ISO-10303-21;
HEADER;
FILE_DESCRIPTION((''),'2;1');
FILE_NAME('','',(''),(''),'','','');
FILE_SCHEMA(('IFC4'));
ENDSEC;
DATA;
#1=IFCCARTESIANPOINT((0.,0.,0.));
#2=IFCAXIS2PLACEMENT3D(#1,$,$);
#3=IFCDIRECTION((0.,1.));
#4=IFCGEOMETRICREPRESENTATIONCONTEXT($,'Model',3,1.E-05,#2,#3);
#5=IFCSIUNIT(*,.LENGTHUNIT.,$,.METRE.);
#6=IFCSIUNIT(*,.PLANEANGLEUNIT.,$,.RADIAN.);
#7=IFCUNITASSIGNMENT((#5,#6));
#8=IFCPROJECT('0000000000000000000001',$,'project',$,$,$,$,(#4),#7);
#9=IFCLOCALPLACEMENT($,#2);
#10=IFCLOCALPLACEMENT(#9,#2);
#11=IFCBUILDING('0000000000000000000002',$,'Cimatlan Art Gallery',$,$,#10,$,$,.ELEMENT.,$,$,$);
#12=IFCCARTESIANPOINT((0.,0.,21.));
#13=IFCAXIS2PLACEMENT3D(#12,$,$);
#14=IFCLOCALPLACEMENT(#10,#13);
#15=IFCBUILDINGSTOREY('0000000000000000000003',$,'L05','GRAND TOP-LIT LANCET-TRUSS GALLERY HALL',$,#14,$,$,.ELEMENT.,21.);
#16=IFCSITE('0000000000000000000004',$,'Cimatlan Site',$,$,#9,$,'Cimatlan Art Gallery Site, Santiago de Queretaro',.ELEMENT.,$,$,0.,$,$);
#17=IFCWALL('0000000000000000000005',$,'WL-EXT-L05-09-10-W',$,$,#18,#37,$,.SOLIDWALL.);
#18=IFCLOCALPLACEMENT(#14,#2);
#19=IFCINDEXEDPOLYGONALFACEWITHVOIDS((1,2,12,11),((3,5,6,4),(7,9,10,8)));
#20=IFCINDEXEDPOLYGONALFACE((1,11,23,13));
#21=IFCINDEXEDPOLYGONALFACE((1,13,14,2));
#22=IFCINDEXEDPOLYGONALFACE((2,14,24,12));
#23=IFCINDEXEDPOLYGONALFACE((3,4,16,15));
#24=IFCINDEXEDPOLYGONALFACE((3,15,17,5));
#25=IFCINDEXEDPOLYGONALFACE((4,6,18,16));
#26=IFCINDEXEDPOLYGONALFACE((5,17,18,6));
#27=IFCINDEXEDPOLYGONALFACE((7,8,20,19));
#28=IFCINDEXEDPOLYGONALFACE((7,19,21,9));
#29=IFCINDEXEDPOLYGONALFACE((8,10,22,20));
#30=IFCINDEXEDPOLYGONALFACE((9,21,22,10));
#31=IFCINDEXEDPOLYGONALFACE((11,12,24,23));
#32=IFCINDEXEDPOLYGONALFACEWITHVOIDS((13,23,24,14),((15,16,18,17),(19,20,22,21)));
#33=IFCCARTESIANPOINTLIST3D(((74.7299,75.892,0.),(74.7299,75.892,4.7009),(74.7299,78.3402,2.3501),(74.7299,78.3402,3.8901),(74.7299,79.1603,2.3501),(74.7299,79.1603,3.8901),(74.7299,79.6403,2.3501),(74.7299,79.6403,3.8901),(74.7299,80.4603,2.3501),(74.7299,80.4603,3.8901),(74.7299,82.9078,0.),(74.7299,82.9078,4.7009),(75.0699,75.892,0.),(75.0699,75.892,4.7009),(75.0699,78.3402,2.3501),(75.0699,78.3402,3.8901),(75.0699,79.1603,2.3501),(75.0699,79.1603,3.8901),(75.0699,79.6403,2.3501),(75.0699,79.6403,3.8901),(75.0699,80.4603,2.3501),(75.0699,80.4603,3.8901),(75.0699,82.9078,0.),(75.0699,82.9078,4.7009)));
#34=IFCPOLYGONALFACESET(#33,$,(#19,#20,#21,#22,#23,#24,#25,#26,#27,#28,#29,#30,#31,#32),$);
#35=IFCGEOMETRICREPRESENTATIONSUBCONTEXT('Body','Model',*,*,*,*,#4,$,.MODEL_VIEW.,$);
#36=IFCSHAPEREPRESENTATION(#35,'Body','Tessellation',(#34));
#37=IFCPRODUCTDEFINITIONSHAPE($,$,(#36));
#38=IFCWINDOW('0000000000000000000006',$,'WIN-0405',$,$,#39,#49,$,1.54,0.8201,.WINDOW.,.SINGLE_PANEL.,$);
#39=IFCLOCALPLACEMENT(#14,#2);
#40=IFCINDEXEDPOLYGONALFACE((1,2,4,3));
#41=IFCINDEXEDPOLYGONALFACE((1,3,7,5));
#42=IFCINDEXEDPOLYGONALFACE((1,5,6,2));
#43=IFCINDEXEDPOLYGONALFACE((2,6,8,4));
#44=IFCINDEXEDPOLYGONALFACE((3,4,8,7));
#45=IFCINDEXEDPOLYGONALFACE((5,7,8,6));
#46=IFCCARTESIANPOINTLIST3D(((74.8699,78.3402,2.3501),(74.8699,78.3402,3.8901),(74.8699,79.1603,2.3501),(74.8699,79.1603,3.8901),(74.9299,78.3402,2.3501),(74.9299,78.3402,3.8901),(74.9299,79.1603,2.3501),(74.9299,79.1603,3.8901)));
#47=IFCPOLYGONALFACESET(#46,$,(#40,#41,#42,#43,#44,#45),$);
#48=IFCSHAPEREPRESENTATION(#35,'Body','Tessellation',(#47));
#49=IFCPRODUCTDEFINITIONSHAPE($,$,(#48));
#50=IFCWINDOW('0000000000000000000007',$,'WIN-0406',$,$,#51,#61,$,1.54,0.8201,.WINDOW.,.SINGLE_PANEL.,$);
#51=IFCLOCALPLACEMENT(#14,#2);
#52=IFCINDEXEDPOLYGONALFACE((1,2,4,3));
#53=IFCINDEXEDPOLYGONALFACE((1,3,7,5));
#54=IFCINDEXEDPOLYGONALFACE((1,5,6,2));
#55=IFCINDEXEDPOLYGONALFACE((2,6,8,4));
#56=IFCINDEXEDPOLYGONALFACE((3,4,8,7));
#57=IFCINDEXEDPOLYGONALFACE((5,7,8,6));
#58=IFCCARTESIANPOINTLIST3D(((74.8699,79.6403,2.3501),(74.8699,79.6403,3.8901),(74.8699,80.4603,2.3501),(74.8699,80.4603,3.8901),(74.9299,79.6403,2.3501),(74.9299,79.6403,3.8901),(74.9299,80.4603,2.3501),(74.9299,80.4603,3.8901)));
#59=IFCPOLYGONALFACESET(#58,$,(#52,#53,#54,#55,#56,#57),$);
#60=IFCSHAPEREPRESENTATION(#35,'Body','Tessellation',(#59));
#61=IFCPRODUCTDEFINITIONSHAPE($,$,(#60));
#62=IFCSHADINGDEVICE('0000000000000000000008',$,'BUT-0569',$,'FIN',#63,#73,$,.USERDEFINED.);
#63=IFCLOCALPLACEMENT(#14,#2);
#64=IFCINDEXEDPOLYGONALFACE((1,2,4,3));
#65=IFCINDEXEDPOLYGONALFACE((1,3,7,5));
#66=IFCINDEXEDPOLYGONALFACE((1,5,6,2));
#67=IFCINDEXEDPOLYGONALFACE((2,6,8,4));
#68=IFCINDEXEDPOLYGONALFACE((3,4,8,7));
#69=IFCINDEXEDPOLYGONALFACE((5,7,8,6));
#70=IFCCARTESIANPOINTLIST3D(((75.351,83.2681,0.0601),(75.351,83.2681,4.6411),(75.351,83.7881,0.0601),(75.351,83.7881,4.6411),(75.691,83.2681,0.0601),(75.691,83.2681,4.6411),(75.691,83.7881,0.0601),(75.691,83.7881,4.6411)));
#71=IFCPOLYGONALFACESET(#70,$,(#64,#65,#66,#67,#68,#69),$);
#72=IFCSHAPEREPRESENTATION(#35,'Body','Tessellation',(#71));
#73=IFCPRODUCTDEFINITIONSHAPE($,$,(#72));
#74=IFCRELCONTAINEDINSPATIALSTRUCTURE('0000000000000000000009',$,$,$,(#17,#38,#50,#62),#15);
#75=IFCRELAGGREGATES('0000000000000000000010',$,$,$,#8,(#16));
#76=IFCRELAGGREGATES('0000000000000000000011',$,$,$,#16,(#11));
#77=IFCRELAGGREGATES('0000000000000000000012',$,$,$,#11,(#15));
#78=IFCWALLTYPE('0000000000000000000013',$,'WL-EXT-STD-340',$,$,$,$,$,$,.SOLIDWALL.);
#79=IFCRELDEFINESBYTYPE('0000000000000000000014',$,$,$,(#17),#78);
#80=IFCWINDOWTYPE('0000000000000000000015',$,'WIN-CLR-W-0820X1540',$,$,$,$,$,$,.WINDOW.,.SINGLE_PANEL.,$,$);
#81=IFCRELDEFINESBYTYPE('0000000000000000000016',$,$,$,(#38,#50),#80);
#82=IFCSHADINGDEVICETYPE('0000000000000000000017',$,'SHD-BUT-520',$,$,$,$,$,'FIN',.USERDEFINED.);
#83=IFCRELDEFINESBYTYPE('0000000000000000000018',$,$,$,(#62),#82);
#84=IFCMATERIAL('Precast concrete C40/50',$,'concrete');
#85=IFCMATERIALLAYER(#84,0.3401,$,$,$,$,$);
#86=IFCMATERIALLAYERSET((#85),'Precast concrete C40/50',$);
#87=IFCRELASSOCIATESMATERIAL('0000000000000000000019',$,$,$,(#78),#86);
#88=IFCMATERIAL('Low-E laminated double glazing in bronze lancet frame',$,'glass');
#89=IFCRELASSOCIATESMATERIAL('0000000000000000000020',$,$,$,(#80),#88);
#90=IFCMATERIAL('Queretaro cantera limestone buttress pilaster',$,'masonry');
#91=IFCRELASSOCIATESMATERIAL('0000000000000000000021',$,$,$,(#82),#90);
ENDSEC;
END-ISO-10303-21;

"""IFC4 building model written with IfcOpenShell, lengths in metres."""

from ifc_helpers import new_model, si_unit, direction, frame, frame_2d, origin, origin_2d, place, context, subcontext, project, spatial, rectangle, extrude, material, layer, layer_set, type_object, element, fill, save


model = new_model("IFC4")

# Units and contexts
model_context = context("Model", 3, precision=1e-05, world=origin(), true_north=direction((0.0, 1.0)))
body_context = subcontext(model_context, "Body", "Model", "MODEL_VIEW")
ifc_project = project(units=[si_unit("LENGTHUNIT", "METRE"), si_unit("PLANEANGLEUNIT", "RADIAN")], contexts=[model_context])

# Site, building, storey
site_placement = place(None, origin())
site = spatial("IfcSite", under=ifc_project, at=site_placement, Name="Cimatlan Site", LongName="Cimatlan Art Gallery Site, Santiago de Queretaro", CompositionType="ELEMENT", RefElevation=0.0)
building_placement = place(site_placement, origin())
building = spatial("IfcBuilding", under=site, at=building_placement, Name="Cimatlan Art Gallery", CompositionType="ELEMENT")
storey_placement = place(building_placement, frame((0.0, 0.0, 21.0)))
storey = spatial("IfcBuildingStorey", under=building, at=storey_placement, Name="L05", Description="GRAND TOP-LIT LANCET-TRUSS GALLERY HALL", CompositionType="ELEMENT", Elevation=21.0)

# Shared definitions
ifc_material_1 = material(Name="Precast concrete C40/50", Category="concrete")

# Wall, openings, windows
ifc_material_2 = material(Name="Low-E laminated double glazing in bronze lancet frame", Category="glass")
ifc_layer_1 = layer(ifc_material_1, 0.3401)
ifc_layer_set_1 = layer_set([ifc_layer_1], Name="Precast concrete C40/50")
wall_type_1 = type_object("IfcWallType", Name="WL-EXT-STD-340", PredefinedType="SOLIDWALL", material=ifc_layer_set_1)
wall_1_placement = place(storey_placement, frame((74.8999, 75.8921, 0.0), z_axis=(0.0, 0.0, 1.0), x_axis=(0.0, 1.0, 0.0)))
wall_1 = element("IfcWall", 1, at=wall_1_placement, inside=storey, type_object=wall_type_1, Name="WL-EXT-L05-09-10-W", PredefinedType="SOLIDWALL", context=body_context, shape_type="SweptSolid", body=[
    extrude(rectangle(XDim=7.0159, YDim=0.3401, at=frame_2d((3.5078, 0.0))), origin(), (0.0, 0.0, 1.0), 4.7009),
])
opening_1_placement = place(wall_1_placement, frame((2.448, 0.0, 2.3501)))
opening_1 = element("IfcOpeningElement", 2, at=opening_1_placement, cuts=wall_1, PredefinedType="OPENING", context=body_context, shape_type="SweptSolid", body=[
    extrude(rectangle(XDim=0.8201, YDim=1.54, at=frame_2d((0.4102, 0.77))), frame((0.0, 0.1802, 0.0), z_axis=(0.0, -1.0, 0.0), x_axis=(1.0, 0.0, 0.0)), (0.0, 0.0, 1.0), 0.3601),
])
opening_2_placement = place(wall_1_placement, frame((3.748, 0.0, 2.3501)))
opening_2 = element("IfcOpeningElement", 3, at=opening_2_placement, cuts=wall_1, PredefinedType="OPENING", context=body_context, shape_type="SweptSolid", body=[
    extrude(rectangle(XDim=0.8201, YDim=1.54, at=frame_2d((0.4102, 0.77))), frame((0.0, 0.1802, 0.0), z_axis=(0.0, -1.0, 0.0), x_axis=(1.0, 0.0, 0.0)), (0.0, 0.0, 1.0), 0.3601),
])
window_type_1 = type_object("IfcWindowType", Name="WIN-CLR-W-0820X1540", PartitioningType="SINGLE_PANEL", PredefinedType="WINDOW", material=ifc_material_2)
window_1_placement = place(opening_1_placement, origin())
window_1 = element("IfcWindow", 4, at=window_1_placement, inside=storey, type_object=window_type_1, Name="WIN-0405", OverallHeight=1.54, OverallWidth=0.8201, PartitioningType="SINGLE_PANEL", PredefinedType="WINDOW", context=body_context, shape_type="SweptSolid", body=[
    extrude(rectangle(XDim=0.8201, YDim=1.54, at=frame_2d((0.4102, 0.77))), frame((0.0, 0.03, 0.0), z_axis=(0.0, -1.0, 0.0), x_axis=(1.0, 0.0, 0.0)), (0.0, 0.0, 1.0), 0.0601),
])
fill(opening_1, window_1)
window_2_placement = place(opening_2_placement, origin())
window_2 = element("IfcWindow", 5, at=window_2_placement, inside=storey, type_object=window_type_1, Name="WIN-0406", OverallHeight=1.54, OverallWidth=0.8201, PartitioningType="SINGLE_PANEL", PredefinedType="WINDOW", context=body_context, shape_type="SweptSolid", body=[
    extrude(rectangle(XDim=0.8201, YDim=1.54, at=frame_2d((0.4102, 0.77))), frame((0.0, 0.03, 0.0), z_axis=(0.0, -1.0, 0.0), x_axis=(1.0, 0.0, 0.0)), (0.0, 0.0, 1.0), 0.0601),
])
fill(opening_2, window_2)

# Shading device
ifc_material_3 = material(Name="Queretaro cantera limestone buttress pilaster", Category="masonry")
shading_device_type = type_object("IfcShadingDeviceType", Name="SHD-BUT-520", ElementType="FIN", PredefinedType="USERDEFINED", material=ifc_material_3)
shading_device_placement = place(storey_placement, frame((75.521, 83.5281, 0.0601), z_axis=(0.0, 0.0, 1.0), x_axis=(1.0, 0.0, 0.0)))
element("IfcShadingDevice", 6, at=shading_device_placement, inside=storey, type_object=shading_device_type, Name="BUT-0569", ObjectType="FIN", PredefinedType="USERDEFINED", context=body_context, shape_type="SweptSolid", body=[
    extrude(rectangle(XDim=0.3401, YDim=0.52, at=origin_2d()), origin(), (0.0, 0.0, 1.0), 4.5811),
])

save(model, "model.ifc")
